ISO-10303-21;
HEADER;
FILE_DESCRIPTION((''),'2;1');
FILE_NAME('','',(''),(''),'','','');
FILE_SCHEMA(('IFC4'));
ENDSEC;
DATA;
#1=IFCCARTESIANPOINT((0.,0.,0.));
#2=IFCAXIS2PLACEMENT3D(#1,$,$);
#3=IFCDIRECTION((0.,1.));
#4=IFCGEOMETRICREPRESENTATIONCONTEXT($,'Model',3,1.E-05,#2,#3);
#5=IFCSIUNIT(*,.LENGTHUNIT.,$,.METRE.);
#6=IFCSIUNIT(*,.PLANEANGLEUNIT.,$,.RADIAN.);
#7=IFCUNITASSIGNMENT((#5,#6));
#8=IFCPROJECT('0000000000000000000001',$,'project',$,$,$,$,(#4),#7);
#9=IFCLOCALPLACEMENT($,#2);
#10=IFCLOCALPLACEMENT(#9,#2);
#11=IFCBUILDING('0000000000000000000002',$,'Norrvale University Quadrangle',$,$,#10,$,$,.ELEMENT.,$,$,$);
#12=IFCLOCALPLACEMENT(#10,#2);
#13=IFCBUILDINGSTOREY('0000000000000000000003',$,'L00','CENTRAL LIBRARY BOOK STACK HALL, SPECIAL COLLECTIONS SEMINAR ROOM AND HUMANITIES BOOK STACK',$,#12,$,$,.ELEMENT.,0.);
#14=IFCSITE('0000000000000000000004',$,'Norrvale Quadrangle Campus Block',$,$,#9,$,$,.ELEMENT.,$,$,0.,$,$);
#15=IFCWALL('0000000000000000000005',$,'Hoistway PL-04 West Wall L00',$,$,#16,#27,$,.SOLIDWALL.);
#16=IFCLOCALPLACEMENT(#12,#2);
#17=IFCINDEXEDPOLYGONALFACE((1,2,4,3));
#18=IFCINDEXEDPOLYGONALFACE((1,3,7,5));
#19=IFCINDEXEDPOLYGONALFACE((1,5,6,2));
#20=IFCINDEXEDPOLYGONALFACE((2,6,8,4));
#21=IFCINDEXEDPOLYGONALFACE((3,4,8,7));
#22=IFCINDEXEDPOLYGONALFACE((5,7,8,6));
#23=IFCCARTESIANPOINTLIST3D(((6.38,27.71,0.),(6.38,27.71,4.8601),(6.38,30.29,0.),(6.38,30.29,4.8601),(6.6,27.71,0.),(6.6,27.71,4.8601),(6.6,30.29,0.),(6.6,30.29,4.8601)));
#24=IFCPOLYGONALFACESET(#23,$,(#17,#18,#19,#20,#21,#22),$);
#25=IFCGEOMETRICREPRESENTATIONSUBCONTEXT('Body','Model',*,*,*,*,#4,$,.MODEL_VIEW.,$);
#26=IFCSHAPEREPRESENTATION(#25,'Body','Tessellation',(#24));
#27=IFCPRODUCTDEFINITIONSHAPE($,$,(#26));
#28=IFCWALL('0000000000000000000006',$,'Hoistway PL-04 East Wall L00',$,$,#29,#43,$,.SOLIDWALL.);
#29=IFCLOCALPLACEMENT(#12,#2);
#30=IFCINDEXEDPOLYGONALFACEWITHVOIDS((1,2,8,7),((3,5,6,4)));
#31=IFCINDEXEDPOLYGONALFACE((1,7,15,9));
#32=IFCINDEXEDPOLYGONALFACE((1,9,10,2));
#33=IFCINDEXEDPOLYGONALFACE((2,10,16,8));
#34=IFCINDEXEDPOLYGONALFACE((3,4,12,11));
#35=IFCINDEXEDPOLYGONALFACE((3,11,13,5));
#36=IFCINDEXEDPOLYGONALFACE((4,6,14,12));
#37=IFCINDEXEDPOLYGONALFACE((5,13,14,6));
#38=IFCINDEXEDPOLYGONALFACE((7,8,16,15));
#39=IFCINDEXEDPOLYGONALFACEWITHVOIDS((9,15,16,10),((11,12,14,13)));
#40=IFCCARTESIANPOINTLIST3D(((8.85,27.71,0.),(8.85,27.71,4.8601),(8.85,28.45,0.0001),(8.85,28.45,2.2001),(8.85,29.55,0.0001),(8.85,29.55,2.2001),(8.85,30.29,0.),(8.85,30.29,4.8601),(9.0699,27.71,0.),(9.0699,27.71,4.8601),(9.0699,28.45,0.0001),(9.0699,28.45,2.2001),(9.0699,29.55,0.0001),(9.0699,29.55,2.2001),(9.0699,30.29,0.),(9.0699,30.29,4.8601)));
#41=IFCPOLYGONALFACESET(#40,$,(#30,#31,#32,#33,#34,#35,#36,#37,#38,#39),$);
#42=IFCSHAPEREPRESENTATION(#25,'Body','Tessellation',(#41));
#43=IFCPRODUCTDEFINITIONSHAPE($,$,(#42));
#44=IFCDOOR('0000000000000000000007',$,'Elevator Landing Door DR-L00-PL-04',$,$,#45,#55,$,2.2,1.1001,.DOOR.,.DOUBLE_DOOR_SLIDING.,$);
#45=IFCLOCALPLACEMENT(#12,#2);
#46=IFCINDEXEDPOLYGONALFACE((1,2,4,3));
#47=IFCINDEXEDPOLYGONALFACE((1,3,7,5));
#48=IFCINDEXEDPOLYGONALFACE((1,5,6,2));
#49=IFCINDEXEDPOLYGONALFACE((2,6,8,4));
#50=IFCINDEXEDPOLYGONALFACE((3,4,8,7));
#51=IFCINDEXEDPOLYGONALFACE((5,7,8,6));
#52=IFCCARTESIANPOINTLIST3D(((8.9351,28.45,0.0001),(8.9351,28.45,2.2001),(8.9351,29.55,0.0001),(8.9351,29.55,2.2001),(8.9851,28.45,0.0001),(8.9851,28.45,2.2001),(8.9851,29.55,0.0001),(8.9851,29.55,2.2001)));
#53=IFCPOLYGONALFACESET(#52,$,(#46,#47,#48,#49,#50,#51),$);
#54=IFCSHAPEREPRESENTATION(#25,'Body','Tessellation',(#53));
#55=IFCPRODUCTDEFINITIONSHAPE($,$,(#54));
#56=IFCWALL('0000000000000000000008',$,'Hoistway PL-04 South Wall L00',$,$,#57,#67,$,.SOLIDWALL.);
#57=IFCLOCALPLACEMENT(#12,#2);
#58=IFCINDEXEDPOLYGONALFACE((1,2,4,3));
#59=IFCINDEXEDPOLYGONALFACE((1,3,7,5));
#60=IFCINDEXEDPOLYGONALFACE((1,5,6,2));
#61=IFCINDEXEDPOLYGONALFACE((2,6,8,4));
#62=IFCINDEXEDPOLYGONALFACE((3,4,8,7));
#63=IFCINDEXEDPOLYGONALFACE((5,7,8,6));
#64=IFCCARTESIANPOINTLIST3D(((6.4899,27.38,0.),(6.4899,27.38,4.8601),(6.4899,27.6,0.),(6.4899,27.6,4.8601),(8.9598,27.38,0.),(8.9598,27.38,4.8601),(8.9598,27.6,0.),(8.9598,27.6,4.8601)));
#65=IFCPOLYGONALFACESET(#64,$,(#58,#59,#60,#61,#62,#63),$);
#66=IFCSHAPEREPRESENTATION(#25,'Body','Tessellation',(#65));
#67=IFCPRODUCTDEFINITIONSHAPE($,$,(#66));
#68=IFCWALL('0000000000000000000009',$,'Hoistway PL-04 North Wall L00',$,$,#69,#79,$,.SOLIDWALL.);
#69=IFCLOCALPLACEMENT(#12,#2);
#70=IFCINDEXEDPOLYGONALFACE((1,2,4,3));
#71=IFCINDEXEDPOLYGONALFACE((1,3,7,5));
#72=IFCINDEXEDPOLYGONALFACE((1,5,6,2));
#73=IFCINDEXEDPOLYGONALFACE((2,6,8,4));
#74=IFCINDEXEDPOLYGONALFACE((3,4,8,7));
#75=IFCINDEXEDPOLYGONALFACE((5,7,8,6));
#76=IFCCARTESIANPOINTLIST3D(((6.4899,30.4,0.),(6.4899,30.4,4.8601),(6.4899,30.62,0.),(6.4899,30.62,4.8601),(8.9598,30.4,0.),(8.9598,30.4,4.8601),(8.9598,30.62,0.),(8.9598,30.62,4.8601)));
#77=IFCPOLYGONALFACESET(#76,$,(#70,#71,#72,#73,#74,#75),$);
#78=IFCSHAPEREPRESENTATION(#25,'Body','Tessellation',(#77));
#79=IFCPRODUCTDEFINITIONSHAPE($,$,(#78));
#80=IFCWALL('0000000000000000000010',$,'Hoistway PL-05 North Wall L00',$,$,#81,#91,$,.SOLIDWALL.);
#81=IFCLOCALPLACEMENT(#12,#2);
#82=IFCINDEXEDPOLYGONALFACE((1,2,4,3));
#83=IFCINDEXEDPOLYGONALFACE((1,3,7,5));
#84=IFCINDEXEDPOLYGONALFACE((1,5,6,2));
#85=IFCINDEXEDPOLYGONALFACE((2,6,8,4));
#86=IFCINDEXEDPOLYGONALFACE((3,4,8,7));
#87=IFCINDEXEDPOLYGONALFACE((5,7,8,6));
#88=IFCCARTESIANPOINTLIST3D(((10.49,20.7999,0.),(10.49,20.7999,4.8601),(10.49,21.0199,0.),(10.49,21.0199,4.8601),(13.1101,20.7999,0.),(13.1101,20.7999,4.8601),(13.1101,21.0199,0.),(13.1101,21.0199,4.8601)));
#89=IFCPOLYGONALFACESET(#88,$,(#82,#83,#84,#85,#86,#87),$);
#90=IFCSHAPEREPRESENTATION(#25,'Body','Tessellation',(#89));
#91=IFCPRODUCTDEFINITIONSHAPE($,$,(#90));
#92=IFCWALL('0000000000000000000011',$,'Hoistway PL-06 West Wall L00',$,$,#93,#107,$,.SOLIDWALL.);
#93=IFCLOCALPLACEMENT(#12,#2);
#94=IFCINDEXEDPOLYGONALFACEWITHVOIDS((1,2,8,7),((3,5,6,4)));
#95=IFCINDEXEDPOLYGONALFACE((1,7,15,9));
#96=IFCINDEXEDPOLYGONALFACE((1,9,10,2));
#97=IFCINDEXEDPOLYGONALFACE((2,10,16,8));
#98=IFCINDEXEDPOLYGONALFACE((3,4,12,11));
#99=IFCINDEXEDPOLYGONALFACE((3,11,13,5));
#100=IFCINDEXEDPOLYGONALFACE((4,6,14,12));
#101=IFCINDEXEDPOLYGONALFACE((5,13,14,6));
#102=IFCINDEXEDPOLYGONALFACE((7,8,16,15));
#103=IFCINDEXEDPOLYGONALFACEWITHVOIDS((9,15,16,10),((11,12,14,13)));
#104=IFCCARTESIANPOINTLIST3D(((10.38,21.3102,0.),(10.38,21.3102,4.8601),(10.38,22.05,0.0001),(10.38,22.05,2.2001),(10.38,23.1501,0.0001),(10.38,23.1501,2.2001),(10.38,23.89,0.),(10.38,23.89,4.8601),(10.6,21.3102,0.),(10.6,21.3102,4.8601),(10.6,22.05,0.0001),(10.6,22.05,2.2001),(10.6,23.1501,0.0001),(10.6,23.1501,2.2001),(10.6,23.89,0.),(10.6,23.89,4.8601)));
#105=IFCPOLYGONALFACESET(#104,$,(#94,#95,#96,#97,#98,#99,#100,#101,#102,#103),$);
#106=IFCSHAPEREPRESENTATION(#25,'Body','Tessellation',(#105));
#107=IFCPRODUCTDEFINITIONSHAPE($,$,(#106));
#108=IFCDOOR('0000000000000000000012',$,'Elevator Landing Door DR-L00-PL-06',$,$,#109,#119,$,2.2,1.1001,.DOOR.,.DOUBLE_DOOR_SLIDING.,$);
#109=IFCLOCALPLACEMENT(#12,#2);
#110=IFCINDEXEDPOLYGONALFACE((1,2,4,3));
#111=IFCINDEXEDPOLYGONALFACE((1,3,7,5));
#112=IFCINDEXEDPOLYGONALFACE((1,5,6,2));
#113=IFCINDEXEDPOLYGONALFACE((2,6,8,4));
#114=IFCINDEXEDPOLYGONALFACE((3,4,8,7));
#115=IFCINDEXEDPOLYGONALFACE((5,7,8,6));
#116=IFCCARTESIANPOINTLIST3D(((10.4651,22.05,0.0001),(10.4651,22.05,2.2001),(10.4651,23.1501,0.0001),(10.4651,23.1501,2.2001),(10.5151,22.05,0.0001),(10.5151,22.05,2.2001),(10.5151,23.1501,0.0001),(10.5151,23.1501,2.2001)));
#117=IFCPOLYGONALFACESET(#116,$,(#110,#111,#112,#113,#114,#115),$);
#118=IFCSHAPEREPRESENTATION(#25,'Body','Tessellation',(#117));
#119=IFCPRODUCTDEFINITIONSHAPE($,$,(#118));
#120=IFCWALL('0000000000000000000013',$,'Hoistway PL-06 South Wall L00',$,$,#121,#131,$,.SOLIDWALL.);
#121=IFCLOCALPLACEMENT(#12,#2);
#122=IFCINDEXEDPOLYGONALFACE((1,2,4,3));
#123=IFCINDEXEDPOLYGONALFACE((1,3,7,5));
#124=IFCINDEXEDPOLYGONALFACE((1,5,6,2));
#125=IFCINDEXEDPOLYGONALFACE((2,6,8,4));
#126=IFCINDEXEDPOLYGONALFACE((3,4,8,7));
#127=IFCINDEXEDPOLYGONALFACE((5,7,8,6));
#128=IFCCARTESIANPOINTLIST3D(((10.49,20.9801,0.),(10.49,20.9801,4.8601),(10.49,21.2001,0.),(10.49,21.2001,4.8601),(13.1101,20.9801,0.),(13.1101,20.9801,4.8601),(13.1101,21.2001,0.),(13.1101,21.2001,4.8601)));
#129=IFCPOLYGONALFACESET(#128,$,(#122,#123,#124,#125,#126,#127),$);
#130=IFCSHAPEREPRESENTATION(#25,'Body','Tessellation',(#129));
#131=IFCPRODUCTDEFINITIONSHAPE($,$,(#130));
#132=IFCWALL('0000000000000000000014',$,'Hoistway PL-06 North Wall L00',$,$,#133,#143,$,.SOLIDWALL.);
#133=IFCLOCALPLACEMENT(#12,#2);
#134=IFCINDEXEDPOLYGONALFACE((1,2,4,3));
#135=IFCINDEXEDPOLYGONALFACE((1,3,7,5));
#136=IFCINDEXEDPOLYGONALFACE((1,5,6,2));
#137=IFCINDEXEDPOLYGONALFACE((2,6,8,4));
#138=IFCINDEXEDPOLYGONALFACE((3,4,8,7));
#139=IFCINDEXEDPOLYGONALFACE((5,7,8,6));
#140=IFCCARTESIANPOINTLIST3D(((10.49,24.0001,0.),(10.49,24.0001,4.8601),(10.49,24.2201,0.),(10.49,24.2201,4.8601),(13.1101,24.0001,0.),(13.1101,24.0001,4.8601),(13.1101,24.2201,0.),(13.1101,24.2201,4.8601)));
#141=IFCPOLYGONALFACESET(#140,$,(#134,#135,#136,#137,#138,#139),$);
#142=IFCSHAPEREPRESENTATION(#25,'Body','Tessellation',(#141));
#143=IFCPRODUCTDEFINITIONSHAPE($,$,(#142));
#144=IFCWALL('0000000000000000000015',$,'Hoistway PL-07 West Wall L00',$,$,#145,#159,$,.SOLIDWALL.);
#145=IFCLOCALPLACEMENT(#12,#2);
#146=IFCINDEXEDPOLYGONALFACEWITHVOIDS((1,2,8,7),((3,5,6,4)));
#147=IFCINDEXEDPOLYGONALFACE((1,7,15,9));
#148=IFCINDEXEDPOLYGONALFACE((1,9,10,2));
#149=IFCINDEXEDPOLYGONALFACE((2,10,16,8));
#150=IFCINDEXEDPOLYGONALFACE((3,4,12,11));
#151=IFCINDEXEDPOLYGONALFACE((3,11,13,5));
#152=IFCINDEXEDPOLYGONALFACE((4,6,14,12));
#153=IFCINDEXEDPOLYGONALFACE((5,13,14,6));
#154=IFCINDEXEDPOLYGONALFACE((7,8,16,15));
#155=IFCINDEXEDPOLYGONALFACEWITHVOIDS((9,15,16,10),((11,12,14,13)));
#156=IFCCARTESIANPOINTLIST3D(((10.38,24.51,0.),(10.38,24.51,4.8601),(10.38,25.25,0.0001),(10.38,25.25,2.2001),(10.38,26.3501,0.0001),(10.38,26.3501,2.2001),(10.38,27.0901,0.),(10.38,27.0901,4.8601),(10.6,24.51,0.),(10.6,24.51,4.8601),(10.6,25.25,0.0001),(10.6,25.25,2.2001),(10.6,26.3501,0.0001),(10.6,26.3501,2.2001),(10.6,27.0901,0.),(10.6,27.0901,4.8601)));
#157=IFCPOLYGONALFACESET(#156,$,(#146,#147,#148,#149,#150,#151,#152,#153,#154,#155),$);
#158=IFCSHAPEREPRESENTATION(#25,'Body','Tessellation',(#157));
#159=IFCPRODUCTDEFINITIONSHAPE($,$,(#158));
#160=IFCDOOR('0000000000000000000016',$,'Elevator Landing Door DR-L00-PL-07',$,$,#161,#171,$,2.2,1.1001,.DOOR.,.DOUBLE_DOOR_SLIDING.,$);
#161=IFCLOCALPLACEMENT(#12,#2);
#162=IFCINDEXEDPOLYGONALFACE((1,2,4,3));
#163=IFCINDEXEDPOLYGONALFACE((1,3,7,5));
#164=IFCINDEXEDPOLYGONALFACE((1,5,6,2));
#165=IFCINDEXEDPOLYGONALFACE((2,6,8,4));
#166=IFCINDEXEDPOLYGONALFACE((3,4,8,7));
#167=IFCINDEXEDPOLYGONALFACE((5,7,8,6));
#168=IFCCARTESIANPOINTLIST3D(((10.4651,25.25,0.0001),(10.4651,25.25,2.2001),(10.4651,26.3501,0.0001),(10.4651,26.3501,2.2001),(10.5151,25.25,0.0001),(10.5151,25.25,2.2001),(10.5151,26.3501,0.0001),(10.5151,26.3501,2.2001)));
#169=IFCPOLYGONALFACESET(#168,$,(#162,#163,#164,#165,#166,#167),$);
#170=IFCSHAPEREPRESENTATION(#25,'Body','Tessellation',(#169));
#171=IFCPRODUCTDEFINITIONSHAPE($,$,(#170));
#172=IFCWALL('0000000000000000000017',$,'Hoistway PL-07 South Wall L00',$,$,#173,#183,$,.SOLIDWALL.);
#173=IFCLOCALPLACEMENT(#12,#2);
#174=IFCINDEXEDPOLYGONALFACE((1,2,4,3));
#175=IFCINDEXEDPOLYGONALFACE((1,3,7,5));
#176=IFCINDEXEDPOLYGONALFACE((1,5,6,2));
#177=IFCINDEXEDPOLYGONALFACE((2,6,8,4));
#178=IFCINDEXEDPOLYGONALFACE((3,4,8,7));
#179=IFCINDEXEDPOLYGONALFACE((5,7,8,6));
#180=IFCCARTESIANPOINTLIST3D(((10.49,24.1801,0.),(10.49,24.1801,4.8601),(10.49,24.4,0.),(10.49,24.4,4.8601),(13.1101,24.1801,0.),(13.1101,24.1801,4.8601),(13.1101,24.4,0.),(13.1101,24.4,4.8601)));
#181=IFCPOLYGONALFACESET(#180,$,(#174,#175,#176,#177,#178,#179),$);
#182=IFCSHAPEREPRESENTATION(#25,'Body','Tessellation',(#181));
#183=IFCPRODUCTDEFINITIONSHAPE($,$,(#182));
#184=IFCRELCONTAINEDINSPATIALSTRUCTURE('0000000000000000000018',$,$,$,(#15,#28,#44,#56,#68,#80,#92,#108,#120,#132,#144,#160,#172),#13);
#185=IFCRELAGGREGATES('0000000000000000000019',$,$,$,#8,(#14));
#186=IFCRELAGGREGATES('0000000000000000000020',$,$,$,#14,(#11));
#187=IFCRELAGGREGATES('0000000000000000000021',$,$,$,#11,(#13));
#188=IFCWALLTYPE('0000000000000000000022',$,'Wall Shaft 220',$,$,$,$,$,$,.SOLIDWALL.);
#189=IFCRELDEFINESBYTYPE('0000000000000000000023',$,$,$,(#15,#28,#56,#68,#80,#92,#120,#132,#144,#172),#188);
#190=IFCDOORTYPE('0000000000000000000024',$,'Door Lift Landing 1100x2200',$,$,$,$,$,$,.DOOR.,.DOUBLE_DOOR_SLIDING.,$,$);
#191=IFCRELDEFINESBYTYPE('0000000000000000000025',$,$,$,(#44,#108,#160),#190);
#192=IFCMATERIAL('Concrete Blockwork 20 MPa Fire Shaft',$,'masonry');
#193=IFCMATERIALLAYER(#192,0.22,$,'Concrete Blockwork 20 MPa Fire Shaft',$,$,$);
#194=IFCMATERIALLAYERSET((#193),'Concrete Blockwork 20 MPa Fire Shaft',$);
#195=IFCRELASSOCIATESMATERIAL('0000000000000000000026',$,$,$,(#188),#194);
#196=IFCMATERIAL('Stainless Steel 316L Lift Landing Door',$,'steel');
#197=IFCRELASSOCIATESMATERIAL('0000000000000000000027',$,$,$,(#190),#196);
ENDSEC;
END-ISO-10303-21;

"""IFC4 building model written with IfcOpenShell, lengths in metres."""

from ifc_helpers import new_model, si_unit, direction, frame, frame_2d, origin, place, context, subcontext, project, spatial, rectangle, extrude, material, layer, layer_set, type_object, element, fill, save


model = new_model("IFC4")

# Units and contexts
model_context = context("Model", 3, precision=1e-05, world=origin(), true_north=direction((0.0, 1.0)))
body_context = subcontext(model_context, "Body", "Model", "MODEL_VIEW")
ifc_project = project(units=[si_unit("LENGTHUNIT", "METRE"), si_unit("PLANEANGLEUNIT", "RADIAN")], contexts=[model_context])

# Site, building, storey
site_placement = place(None, origin())
site = spatial("IfcSite", under=ifc_project, at=site_placement, Name="Norrvale Quadrangle Campus Block", CompositionType="ELEMENT", RefElevation=0.0)
building_placement = place(site_placement, origin())
building = spatial("IfcBuilding", under=site, at=building_placement, Name="Norrvale University Quadrangle", CompositionType="ELEMENT")
storey_placement = place(building_placement, origin())
storey = spatial("IfcBuildingStorey", under=building, at=storey_placement, Name="L00", Description="CENTRAL LIBRARY BOOK STACK HALL, SPECIAL COLLECTIONS SEMINAR ROOM AND HUMANITIES BOOK STACK", CompositionType="ELEMENT", Elevation=0.0)

# Shared definitions
ifc_material_1 = material(Name="Concrete Blockwork 20 MPa Fire Shaft", Category="masonry")
ifc_layer_1 = layer(ifc_material_1, 0.22, Name="Concrete Blockwork 20 MPa Fire Shaft")
ifc_layer_set_1 = layer_set([ifc_layer_1], Name="Concrete Blockwork 20 MPa Fire Shaft")
wall_type_1 = type_object("IfcWallType", Name="Wall Shaft 220", PredefinedType="SOLIDWALL", material=ifc_layer_set_1)

# Shared definitions
ifc_material_2 = material(Name="Stainless Steel 316L Lift Landing Door", Category="steel")
door_type_1 = type_object("IfcDoorType", Name="Door Lift Landing 1100x2200", OperationType="DOUBLE_DOOR_SLIDING", PredefinedType="DOOR", material=ifc_material_2)

# Wall
wall_1_placement = place(storey_placement, frame((6.49, 27.71, 0.0), z_axis=(0.0, 0.0, 1.0), x_axis=(0.0, 1.0, 0.0)))
element("IfcWall", 1, at=wall_1_placement, inside=storey, type_object=wall_type_1, Name="Hoistway PL-04 West Wall L00", PredefinedType="SOLIDWALL", context=body_context, shape_type="SweptSolid", body=[
    extrude(rectangle(XDim=2.5801, YDim=0.22, at=frame_2d((1.29, 0.0))), origin(), (0.0, 0.0, 1.0), 4.8601),
])

# Wall, opening, door
wall_2_placement = place(storey_placement, frame((8.96, 27.71, 0.0), z_axis=(0.0, 0.0, 1.0), x_axis=(0.0, 1.0, 0.0)))
wall_2 = element("IfcWall", 2, at=wall_2_placement, inside=storey, type_object=wall_type_1, Name="Hoistway PL-04 East Wall L00", PredefinedType="SOLIDWALL", context=body_context, shape_type="SweptSolid", body=[
    extrude(rectangle(XDim=2.5801, YDim=0.22, at=frame_2d((1.29, 0.0))), origin(), (0.0, 0.0, 1.0), 4.8601),
])
opening_1_placement = place(wall_2_placement, frame((0.74, 0.0, 0.0)))
opening_1 = element("IfcOpeningElement", 3, at=opening_1_placement, cuts=wall_2, PredefinedType="OPENING", context=body_context, shape_type="SweptSolid", body=[
    extrude(rectangle(XDim=1.1001, YDim=2.2, at=frame_2d((0.55, 1.1001))), frame((0.0, 0.1221, 0.0), z_axis=(0.0, -1.0, 0.0), x_axis=(1.0, 0.0, 0.0)), (0.0, 0.0, 1.0), 0.2439),
])
door_1_placement = place(opening_1_placement, origin())
door_1 = element("IfcDoor", 4, at=door_1_placement, inside=storey, type_object=door_type_1, Name="Elevator Landing Door DR-L00-PL-04", OperationType="DOUBLE_DOOR_SLIDING", OverallHeight=2.2, OverallWidth=1.1001, PredefinedType="DOOR", context=body_context, shape_type="SweptSolid", body=[
    extrude(rectangle(XDim=1.1001, YDim=2.2, at=frame_2d((0.55, 1.1001))), frame((0.0, 0.0249, 0.0), z_axis=(0.0, -1.0, 0.0), x_axis=(1.0, 0.0, 0.0)), (0.0, 0.0, 1.0), 0.05),
])
fill(opening_1, door_1)

# Walls
for number, where, z_axis, x_axis, name in (
    (5, (6.49, 27.49, 0.0), (0.0, 0.0, 1.0), (1.0, 0.0, 0.0), "Hoistway PL-04 South Wall L00"),
    (6, (6.49, 30.51, 0.0), (0.0, 0.0, 1.0), (1.0, 0.0, 0.0), "Hoistway PL-04 North Wall L00"),
):
    element("IfcWall", number, at=place(storey_placement, frame(where, z_axis=z_axis, x_axis=x_axis)), inside=storey, type_object=wall_type_1, Name=name, PredefinedType="SOLIDWALL", context=body_context, shape_type="SweptSolid", body=[
        extrude(rectangle(XDim=2.47, YDim=0.22, at=frame_2d((1.2349, 0.0))), origin(), (0.0, 0.0, 1.0), 4.8601),
    ])
wall_3_placement = place(storey_placement, frame((10.49, 20.9099, 0.0), z_axis=(0.0, 0.0, 1.0), x_axis=(1.0, 0.0, 0.0)))
element("IfcWall", 7, at=wall_3_placement, inside=storey, type_object=wall_type_1, Name="Hoistway PL-05 North Wall L00", PredefinedType="SOLIDWALL", context=body_context, shape_type="SweptSolid", body=[
    extrude(rectangle(XDim=2.6201, YDim=0.22, at=frame_2d((1.3101, 0.0))), origin(), (0.0, 0.0, 1.0), 4.8601),
])

# Wall, opening, door
wall_4_placement = place(storey_placement, frame((10.49, 21.3101, 0.0), z_axis=(0.0, 0.0, 1.0), x_axis=(0.0, 1.0, 0.0)))
wall_4 = element("IfcWall", 8, at=wall_4_placement, inside=storey, type_object=wall_type_1, Name="Hoistway PL-06 West Wall L00", PredefinedType="SOLIDWALL", context=body_context, shape_type="SweptSolid", body=[
    extrude(rectangle(XDim=2.5798, YDim=0.22, at=frame_2d((1.29, 0.0))), origin(), (0.0, 0.0, 1.0), 4.8601),
])
opening_2_placement = place(wall_4_placement, frame((0.74, 0.0, 0.0)))
opening_2 = element("IfcOpeningElement", 9, at=opening_2_placement, cuts=wall_4, PredefinedType="OPENING", context=body_context, shape_type="SweptSolid", body=[
    extrude(rectangle(XDim=1.1001, YDim=2.2, at=frame_2d((0.55, 1.1001))), frame((0.0, 0.1221, 0.0), z_axis=(0.0, -1.0, 0.0), x_axis=(1.0, 0.0, 0.0)), (0.0, 0.0, 1.0), 0.2439),
])
door_2_placement = place(opening_2_placement, origin())
door_2 = element("IfcDoor", 10, at=door_2_placement, inside=storey, type_object=door_type_1, Name="Elevator Landing Door DR-L00-PL-06", OperationType="DOUBLE_DOOR_SLIDING", OverallHeight=2.2, OverallWidth=1.1001, PredefinedType="DOOR", context=body_context, shape_type="SweptSolid", body=[
    extrude(rectangle(XDim=1.1001, YDim=2.2, at=frame_2d((0.55, 1.1001))), frame((0.0, 0.0249, 0.0), z_axis=(0.0, -1.0, 0.0), x_axis=(1.0, 0.0, 0.0)), (0.0, 0.0, 1.0), 0.05),
])
fill(opening_2, door_2)

# Walls
for number, where, z_axis, x_axis, name in (
    (11, (10.49, 21.0901, 0.0), (0.0, 0.0, 1.0), (1.0, 0.0, 0.0), "Hoistway PL-06 South Wall L00"),
    (12, (10.49, 24.1101, 0.0), (0.0, 0.0, 1.0), (1.0, 0.0, 0.0), "Hoistway PL-06 North Wall L00"),
):
    element("IfcWall", number, at=place(storey_placement, frame(where, z_axis=z_axis, x_axis=x_axis)), inside=storey, type_object=wall_type_1, Name=name, PredefinedType="SOLIDWALL", context=body_context, shape_type="SweptSolid", body=[
        extrude(rectangle(XDim=2.6201, YDim=0.22, at=frame_2d((1.3101, 0.0))), origin(), (0.0, 0.0, 1.0), 4.8601),
    ])

# Wall, opening, door
wall_5_placement = place(storey_placement, frame((10.49, 24.51, 0.0), z_axis=(0.0, 0.0, 1.0), x_axis=(0.0, 1.0, 0.0)))
wall_5 = element("IfcWall", 13, at=wall_5_placement, inside=storey, type_object=wall_type_1, Name="Hoistway PL-07 West Wall L00", PredefinedType="SOLIDWALL", context=body_context, shape_type="SweptSolid", body=[
    extrude(rectangle(XDim=2.5801, YDim=0.22, at=frame_2d((1.29, 0.0))), origin(), (0.0, 0.0, 1.0), 4.8601),
])
opening_3_placement = place(wall_5_placement, frame((0.74, 0.0, 0.0)))
opening_3 = element("IfcOpeningElement", 14, at=opening_3_placement, cuts=wall_5, PredefinedType="OPENING", context=body_context, shape_type="SweptSolid", body=[
    extrude(rectangle(XDim=1.1001, YDim=2.2, at=frame_2d((0.55, 1.1001))), frame((0.0, 0.1221, 0.0), z_axis=(0.0, -1.0, 0.0), x_axis=(1.0, 0.0, 0.0)), (0.0, 0.0, 1.0), 0.2439),
])
door_3_placement = place(opening_3_placement, origin())
door_3 = element("IfcDoor", 15, at=door_3_placement, inside=storey, type_object=door_type_1, Name="Elevator Landing Door DR-L00-PL-07", OperationType="DOUBLE_DOOR_SLIDING", OverallHeight=2.2, OverallWidth=1.1001, PredefinedType="DOOR", context=body_context, shape_type="SweptSolid", body=[
    extrude(rectangle(XDim=1.1001, YDim=2.2, at=frame_2d((0.55, 1.1001))), frame((0.0, 0.0249, 0.0), z_axis=(0.0, -1.0, 0.0), x_axis=(1.0, 0.0, 0.0)), (0.0, 0.0, 1.0), 0.05),
])
fill(opening_3, door_3)

# Wall
for number, where, z_axis, x_axis, name in (
    (16, (10.49, 24.29, 0.0), (0.0, 0.0, 1.0), (1.0, 0.0, 0.0), "Hoistway PL-07 South Wall L00"),
):
    element("IfcWall", number, at=place(storey_placement, frame(where, z_axis=z_axis, x_axis=x_axis)), inside=storey, type_object=wall_type_1, Name=name, PredefinedType="SOLIDWALL", context=body_context, shape_type="SweptSolid", body=[
        extrude(rectangle(XDim=2.6201, YDim=0.22, at=frame_2d((1.3101, 0.0))), origin(), (0.0, 0.0, 1.0), 4.8601),
    ])

save(model, "model.ifc")
